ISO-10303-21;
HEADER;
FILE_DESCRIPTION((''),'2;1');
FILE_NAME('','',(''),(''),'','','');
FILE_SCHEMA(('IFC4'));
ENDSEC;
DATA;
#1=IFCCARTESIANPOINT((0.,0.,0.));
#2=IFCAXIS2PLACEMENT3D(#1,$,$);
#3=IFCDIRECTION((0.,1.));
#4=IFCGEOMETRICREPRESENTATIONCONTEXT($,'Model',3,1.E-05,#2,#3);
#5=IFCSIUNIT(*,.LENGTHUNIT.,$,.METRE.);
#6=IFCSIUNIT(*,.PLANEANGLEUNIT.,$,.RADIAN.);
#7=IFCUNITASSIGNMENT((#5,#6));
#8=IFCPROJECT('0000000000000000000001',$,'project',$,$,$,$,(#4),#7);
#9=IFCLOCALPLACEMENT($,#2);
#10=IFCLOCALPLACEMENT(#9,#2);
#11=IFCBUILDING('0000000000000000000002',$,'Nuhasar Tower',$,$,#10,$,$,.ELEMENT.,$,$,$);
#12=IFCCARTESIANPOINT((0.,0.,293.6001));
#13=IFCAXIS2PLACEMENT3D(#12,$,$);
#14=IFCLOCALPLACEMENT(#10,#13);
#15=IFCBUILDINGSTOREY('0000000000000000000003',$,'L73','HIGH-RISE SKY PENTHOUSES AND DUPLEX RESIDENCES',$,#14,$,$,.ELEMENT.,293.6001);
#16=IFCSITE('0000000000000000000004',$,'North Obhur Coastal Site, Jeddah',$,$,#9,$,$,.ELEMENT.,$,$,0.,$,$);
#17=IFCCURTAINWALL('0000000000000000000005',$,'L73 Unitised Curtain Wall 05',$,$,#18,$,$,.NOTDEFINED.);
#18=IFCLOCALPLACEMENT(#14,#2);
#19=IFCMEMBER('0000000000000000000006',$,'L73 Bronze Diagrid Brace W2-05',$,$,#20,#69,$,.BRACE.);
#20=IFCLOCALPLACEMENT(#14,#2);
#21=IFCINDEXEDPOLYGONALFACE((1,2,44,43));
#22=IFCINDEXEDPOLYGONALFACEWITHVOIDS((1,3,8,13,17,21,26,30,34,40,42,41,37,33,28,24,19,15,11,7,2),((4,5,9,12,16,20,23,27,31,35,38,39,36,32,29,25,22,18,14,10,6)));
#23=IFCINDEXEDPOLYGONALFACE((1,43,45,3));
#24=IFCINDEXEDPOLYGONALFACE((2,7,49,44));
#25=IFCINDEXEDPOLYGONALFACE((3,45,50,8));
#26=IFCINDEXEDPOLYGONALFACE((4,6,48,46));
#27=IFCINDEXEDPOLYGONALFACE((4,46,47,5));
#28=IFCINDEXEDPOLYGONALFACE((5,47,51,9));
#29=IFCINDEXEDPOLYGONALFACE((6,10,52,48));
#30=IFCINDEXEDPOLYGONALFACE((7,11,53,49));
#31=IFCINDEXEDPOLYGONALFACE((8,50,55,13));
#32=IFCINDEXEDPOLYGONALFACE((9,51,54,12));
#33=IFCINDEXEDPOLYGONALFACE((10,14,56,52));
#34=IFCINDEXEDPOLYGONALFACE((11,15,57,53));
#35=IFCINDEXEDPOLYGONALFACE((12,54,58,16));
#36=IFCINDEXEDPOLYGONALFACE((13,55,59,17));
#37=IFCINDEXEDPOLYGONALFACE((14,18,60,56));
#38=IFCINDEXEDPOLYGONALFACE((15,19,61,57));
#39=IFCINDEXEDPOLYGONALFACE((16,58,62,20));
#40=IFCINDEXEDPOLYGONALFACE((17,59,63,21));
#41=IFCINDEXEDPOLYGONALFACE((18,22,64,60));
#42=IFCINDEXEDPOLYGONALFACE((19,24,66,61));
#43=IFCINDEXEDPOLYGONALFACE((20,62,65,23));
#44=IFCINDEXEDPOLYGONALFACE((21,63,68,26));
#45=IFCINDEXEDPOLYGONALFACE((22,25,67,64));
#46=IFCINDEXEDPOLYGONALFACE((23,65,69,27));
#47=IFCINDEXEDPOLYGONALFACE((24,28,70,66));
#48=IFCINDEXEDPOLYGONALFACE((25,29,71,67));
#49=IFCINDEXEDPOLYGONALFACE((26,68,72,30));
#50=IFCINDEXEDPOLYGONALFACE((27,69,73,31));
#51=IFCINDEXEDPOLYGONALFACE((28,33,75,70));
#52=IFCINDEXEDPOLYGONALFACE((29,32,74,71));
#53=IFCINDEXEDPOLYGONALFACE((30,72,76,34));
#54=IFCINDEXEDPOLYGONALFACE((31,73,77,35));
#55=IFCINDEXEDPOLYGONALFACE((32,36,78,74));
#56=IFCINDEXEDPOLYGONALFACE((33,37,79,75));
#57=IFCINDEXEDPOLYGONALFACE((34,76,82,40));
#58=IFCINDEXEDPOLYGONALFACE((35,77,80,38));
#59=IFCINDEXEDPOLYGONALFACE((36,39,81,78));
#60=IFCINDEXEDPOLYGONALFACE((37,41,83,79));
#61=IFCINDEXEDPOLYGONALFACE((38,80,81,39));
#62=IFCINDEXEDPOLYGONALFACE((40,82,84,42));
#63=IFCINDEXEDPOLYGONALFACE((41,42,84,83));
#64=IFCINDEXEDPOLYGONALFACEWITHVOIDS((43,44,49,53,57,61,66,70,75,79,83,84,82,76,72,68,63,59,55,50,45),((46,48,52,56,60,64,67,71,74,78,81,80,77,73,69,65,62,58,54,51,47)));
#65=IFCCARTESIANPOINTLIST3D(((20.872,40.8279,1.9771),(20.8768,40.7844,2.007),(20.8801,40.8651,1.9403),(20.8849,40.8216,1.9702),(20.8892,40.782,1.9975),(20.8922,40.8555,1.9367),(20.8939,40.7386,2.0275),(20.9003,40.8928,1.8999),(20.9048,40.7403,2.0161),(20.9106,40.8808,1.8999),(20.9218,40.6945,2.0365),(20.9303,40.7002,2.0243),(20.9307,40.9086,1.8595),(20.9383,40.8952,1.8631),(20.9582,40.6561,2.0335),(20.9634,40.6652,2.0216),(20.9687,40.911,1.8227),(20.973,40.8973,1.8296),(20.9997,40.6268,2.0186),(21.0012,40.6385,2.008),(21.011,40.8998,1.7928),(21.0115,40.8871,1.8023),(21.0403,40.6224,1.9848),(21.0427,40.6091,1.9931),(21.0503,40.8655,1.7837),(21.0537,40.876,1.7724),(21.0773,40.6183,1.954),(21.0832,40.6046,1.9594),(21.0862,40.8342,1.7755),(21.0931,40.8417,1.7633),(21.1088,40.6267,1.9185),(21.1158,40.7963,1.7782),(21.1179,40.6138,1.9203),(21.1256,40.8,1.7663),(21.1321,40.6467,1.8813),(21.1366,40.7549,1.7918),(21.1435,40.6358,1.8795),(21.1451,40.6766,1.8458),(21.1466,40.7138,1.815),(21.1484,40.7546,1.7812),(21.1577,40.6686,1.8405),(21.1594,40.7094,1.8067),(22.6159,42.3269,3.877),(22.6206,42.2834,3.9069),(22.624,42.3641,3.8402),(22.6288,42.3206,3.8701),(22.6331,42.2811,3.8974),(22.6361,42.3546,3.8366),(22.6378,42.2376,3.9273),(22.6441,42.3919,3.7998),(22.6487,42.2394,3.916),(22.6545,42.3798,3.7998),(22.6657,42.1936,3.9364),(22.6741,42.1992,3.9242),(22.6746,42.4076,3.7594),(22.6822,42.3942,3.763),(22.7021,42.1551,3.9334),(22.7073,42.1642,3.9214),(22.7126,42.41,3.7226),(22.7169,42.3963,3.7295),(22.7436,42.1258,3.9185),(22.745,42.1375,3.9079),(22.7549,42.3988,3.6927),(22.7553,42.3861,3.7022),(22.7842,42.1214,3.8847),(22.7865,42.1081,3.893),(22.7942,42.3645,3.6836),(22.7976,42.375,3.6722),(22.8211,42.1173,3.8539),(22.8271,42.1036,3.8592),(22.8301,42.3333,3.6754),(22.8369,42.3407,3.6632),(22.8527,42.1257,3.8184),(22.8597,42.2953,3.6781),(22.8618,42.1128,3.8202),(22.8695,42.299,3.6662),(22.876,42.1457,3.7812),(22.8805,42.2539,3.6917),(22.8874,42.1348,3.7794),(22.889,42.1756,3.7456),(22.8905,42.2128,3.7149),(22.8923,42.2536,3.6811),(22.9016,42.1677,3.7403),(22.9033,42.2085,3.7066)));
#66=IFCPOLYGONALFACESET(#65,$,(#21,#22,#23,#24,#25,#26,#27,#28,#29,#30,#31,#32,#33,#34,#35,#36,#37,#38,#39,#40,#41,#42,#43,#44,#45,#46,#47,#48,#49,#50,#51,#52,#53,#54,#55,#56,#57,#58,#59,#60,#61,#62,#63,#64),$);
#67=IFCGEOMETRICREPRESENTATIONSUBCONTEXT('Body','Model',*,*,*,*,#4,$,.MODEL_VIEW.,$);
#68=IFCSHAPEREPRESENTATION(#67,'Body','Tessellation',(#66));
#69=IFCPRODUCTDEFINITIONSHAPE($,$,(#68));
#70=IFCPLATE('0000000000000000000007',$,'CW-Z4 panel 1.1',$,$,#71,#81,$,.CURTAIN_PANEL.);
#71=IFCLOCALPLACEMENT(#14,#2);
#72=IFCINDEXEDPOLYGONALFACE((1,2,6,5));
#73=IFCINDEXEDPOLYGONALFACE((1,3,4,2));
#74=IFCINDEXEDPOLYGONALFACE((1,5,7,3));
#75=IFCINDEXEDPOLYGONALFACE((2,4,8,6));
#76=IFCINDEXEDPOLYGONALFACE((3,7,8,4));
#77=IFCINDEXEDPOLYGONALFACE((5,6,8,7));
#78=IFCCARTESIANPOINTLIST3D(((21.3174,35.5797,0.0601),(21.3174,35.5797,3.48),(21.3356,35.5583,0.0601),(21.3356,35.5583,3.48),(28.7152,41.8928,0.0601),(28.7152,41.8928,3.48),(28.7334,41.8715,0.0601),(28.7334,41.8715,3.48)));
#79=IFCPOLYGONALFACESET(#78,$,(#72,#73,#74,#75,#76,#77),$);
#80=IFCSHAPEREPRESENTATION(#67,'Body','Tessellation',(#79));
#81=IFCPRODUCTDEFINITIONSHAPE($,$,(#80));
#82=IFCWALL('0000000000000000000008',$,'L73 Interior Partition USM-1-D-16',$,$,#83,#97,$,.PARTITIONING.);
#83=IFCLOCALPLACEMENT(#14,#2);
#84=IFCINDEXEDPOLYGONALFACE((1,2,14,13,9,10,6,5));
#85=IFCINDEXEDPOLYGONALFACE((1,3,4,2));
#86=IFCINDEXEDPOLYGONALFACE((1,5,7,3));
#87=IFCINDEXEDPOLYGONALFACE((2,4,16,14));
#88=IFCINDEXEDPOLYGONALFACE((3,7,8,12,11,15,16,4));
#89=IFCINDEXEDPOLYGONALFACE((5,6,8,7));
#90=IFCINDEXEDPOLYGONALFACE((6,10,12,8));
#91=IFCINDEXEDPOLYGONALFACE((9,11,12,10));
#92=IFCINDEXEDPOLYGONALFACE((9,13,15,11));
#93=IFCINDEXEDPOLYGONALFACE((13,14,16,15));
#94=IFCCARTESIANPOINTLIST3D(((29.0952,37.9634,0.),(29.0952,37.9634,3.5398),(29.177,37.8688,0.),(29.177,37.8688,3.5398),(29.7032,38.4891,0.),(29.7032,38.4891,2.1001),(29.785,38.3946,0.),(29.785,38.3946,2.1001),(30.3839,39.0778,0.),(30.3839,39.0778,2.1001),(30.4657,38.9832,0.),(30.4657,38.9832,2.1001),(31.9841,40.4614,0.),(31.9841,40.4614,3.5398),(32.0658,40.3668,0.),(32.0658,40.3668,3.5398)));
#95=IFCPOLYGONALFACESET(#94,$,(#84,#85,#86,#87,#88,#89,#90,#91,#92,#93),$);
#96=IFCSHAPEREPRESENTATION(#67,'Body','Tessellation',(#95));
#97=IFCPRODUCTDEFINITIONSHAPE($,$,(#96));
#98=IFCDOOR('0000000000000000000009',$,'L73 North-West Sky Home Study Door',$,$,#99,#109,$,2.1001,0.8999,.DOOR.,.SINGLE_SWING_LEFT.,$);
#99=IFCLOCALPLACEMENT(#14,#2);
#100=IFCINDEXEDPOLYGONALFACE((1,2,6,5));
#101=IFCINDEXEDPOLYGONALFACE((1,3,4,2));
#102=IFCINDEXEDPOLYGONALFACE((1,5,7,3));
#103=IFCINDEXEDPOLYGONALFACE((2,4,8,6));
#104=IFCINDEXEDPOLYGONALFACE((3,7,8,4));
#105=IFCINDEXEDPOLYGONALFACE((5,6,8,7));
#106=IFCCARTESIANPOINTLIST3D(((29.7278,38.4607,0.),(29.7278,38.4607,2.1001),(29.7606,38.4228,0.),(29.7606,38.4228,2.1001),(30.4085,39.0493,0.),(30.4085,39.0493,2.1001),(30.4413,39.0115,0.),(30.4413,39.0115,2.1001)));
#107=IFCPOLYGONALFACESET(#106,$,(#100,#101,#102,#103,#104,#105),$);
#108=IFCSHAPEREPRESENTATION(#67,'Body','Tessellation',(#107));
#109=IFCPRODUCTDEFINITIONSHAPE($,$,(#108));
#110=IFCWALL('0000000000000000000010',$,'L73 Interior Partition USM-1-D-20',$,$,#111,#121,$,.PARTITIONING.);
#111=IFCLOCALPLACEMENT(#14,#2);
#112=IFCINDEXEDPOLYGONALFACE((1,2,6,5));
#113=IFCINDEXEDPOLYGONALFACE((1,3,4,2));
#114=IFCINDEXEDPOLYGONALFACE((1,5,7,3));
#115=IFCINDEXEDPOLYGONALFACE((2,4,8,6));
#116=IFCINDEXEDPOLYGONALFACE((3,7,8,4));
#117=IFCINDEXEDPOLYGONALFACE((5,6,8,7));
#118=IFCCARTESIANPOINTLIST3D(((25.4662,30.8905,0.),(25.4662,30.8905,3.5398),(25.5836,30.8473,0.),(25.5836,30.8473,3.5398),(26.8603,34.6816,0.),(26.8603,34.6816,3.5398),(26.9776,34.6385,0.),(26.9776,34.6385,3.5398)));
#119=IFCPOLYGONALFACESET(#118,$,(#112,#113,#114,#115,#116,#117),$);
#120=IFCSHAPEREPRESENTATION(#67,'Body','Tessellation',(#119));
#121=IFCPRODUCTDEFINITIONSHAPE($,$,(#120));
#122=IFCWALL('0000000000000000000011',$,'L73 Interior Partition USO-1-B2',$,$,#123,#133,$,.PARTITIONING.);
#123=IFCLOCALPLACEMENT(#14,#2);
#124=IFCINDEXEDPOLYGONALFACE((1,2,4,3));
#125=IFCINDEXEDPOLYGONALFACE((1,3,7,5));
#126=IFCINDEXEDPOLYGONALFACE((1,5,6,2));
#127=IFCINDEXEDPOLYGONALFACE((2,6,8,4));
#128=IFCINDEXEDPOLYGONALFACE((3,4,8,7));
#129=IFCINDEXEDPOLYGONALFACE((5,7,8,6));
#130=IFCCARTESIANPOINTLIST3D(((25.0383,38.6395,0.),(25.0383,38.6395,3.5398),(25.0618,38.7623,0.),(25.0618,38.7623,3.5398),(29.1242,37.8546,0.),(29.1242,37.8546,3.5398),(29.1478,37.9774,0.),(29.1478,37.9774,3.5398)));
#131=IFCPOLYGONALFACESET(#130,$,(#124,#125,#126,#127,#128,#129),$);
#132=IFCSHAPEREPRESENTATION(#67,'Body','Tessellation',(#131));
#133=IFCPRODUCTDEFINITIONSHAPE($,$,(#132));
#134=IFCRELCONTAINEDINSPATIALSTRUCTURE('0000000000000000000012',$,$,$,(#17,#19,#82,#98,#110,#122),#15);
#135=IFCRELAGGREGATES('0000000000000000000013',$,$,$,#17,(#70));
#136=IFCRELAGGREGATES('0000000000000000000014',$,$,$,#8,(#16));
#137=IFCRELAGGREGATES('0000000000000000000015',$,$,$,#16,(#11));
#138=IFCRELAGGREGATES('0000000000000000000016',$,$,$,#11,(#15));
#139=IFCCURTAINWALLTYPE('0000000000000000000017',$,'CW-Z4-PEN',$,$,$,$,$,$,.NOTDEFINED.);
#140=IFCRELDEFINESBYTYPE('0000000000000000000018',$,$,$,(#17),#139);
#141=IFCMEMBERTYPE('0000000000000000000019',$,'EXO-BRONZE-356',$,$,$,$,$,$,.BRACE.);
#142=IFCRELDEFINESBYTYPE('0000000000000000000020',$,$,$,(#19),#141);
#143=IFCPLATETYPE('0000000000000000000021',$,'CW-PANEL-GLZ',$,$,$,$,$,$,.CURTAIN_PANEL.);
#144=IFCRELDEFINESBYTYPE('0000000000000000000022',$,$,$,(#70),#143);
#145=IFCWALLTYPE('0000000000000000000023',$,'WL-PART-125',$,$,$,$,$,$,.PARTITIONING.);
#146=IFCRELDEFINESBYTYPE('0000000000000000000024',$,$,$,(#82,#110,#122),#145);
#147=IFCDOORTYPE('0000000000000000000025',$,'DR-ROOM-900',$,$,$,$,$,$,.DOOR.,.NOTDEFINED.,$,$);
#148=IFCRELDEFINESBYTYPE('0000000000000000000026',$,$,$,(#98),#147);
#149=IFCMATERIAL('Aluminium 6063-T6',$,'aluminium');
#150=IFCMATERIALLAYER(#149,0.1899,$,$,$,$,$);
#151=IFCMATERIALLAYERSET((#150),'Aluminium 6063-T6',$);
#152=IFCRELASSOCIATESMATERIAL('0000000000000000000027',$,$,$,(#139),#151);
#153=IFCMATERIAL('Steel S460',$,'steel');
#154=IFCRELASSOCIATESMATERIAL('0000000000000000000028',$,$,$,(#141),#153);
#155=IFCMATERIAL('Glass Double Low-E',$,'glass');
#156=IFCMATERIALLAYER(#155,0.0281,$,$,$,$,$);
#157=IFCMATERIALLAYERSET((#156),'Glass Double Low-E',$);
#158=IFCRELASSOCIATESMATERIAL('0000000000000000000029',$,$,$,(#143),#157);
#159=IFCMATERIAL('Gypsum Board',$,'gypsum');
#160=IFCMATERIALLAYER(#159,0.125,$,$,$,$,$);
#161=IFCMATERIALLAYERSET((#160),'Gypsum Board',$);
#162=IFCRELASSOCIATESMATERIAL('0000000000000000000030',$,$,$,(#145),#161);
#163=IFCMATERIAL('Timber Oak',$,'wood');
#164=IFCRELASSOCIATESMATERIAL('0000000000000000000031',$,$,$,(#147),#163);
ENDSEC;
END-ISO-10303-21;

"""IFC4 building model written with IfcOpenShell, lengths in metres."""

from ifc_helpers import new_model, si_unit, direction, frame, frame_2d, origin, origin_2d, place, context, subcontext, project, spatial, rectangle, hollow_circle, extrude, material, layer, layer_set, material_profile, profile_set, type_object, element, fill, aggregate, save


model = new_model("IFC4")

# Units and contexts
model_context = context("Model", 3, precision=1e-05, world=origin(), true_north=direction((0.0, 1.0)))
body_context = subcontext(model_context, "Body", "Model", "MODEL_VIEW")
ifc_project = project(units=[si_unit("LENGTHUNIT", "METRE"), si_unit("PLANEANGLEUNIT", "RADIAN")], contexts=[model_context])

# Site, building, storey
site_placement = place(None, origin())
site = spatial("IfcSite", under=ifc_project, at=site_placement, Name="North Obhur Coastal Site, Jeddah", CompositionType="ELEMENT", RefElevation=0.0)
building_placement = place(site_placement, origin())
building = spatial("IfcBuilding", under=site, at=building_placement, Name="Nuhasar Tower", CompositionType="ELEMENT")
storey_placement = place(building_placement, frame((0.0, 0.0, 293.6001)))
storey = spatial("IfcBuildingStorey", under=building, at=storey_placement, Name="L73", Description="HIGH-RISE SKY PENTHOUSES AND DUPLEX RESIDENCES", CompositionType="ELEMENT", Elevation=293.6001)

# Shared definitions
ifc_material_1 = material(Name="Aluminium 6063-T6", Category="aluminium")
ifc_layer_1 = layer(ifc_material_1, 0.1899)
ifc_layer_set_1 = layer_set([ifc_layer_1], Name="Aluminium 6063-T6")
curtain_wall_type = type_object("IfcCurtainWallType", Name="CW-Z4-PEN", PredefinedType="NOTDEFINED", material=ifc_layer_set_1)

# Curtain wall
curtain_wall_1_placement = place(storey_placement, origin())
curtain_wall_1 = element("IfcCurtainWall", 1, at=curtain_wall_1_placement, inside=storey, type_object=curtain_wall_type, Name="L73 Unitised Curtain Wall 05", PredefinedType="NOTDEFINED")

# Member
ifc_material_2 = material(Name="Steel S460", Category="steel")
ifc_material_profile_1 = material_profile(ifc_material_2, hollow_circle(Radius=0.1777, WallThickness=0.0159, at=origin_2d()), Name="HSS355.6X15.9")
ifc_profile_set_1 = profile_set([ifc_material_profile_1], Name="Steel S460")
member_type_1 = type_object("IfcMemberType", Name="EXO-BRONZE-356", PredefinedType="BRACE", material=ifc_profile_set_1)
for number, where, z_axis, x_axis, name in (
    (2, (21.0161, 40.7581, 1.8999), (0.584625, 0.502534, 0.636925), (-0.651857, 0.758342, 0.0), "L73 Bronze Diagrid Brace W2-05"),
):
    element("IfcMember", number, at=place(storey_placement, frame(where, z_axis=z_axis, x_axis=x_axis)), inside=storey, type_object=member_type_1, Name=name, PredefinedType="BRACE", context=body_context, shape_type="SweptSolid", body=[
        extrude(hollow_circle(Radius=0.1777, WallThickness=0.0159, at=origin_2d()), origin(), (0.0, 0.0, 1.0), 2.9829),
    ])

# Plate
ifc_material_3 = material(Name="Glass Double Low-E", Category="glass")
ifc_layer_2 = layer(ifc_material_3, 0.0281)
ifc_layer_set_2 = layer_set([ifc_layer_2], Name="Glass Double Low-E")
plate_type = type_object("IfcPlateType", Name="CW-PANEL-GLZ", PredefinedType="CURTAIN_PANEL", material=ifc_layer_set_2)
plate_placement = place(storey_placement, frame((25.0254, 38.7256, 0.0601), z_axis=(0.0, 0.0, 1.0), x_axis=(-0.760667, -0.649142, 0.0)))
plate = element("IfcPlate", 3, at=plate_placement, type_object=plate_type, Name="CW-Z4 panel 1.1", PredefinedType="CURTAIN_PANEL", context=body_context, shape_type="SweptSolid", body=[
    extrude(rectangle(XDim=9.7253, YDim=0.0281, at=origin_2d()), origin(), (0.0, 0.0, 1.0), 3.4199),
])
aggregate(curtain_wall_1, [plate])

# Wall, opening, door
ifc_material_4 = material(Name="Gypsum Board", Category="gypsum")
ifc_layer_3 = layer(ifc_material_4, 0.125)
ifc_layer_set_3 = layer_set([ifc_layer_3], Name="Gypsum Board")
wall_type = type_object("IfcWallType", Name="WL-PART-125", PredefinedType="PARTITIONING", material=ifc_layer_set_3)
wall_1_placement = place(storey_placement, frame((29.136, 37.916, 0.0), z_axis=(0.0, 0.0, 1.0), x_axis=(0.756425, 0.654081, 0.0)))
wall_1 = element("IfcWall", 4, at=wall_1_placement, inside=storey, type_object=wall_type, Name="L73 Interior Partition USM-1-D-16", PredefinedType="PARTITIONING", context=body_context, shape_type="SweptSolid", body=[
    extrude(rectangle(XDim=3.8191, YDim=0.125, at=frame_2d((1.9097, 0.0))), origin(), (0.0, 0.0, 1.0), 3.5398),
])
opening_placement = place(wall_1_placement, frame((0.804, 0.0, 0.0)))
opening = element("IfcOpeningElement", 5, at=opening_placement, cuts=wall_1, PredefinedType="OPENING", context=body_context, shape_type="SweptSolid", body=[
    extrude(rectangle(XDim=0.8999, YDim=2.1001, at=frame_2d((0.45, 1.05))), frame((0.0, 0.0725, 0.0), z_axis=(0.0, -1.0, 0.0), x_axis=(1.0, 0.0, 0.0)), (0.0, 0.0, 1.0), 0.145),
])
ifc_material_5 = material(Name="Timber Oak", Category="wood")
door_type = type_object("IfcDoorType", Name="DR-ROOM-900", OperationType="NOTDEFINED", PredefinedType="DOOR", material=ifc_material_5)
door_placement = place(opening_placement, origin())
door = element("IfcDoor", 6, at=door_placement, inside=storey, type_object=door_type, Name="L73 North-West Sky Home Study Door", OperationType="SINGLE_SWING_LEFT", OverallHeight=2.1001, OverallWidth=0.8999, PredefinedType="DOOR", context=body_context, shape_type="SweptSolid", body=[
    extrude(rectangle(XDim=0.8999, YDim=2.1001, at=frame_2d((0.45, 1.05))), frame((0.0, 0.0249, 0.0), z_axis=(0.0, -1.0, 0.0), x_axis=(1.0, 0.0, 0.0)), (0.0, 0.0, 1.0), 0.05),
])
fill(opening, door)

# Walls
wall_2_placement = place(storey_placement, frame((26.9189, 34.6599, 0.0), z_axis=(0.0, 0.0, 1.0), x_axis=(-0.345128, -0.938556, 0.0)))
element("IfcWall", 7, at=wall_2_placement, inside=storey, type_object=wall_type, Name="L73 Interior Partition USM-1-D-20", PredefinedType="PARTITIONING", context=body_context, shape_type="SweptSolid", body=[
    extrude(rectangle(XDim=4.0393, YDim=0.125, at=frame_2d((2.0195, 0.0))), origin(), (0.0, 0.0, 1.0), 3.5398),
])
wall_3_placement = place(storey_placement, frame((29.136, 37.916, 0.0), z_axis=(0.0, 0.0, 1.0), x_axis=(-0.982044, 0.188652, 0.0)))
element("IfcWall", 8, at=wall_3_placement, inside=storey, type_object=wall_type, Name="L73 Interior Partition USO-1-B2", PredefinedType="PARTITIONING", context=body_context, shape_type="SweptSolid", body=[
    extrude(rectangle(XDim=4.1606, YDim=0.125, at=frame_2d((2.0803, 0.0))), origin(), (0.0, 0.0, 1.0), 3.5398),
])

save(model, "model.ifc")
